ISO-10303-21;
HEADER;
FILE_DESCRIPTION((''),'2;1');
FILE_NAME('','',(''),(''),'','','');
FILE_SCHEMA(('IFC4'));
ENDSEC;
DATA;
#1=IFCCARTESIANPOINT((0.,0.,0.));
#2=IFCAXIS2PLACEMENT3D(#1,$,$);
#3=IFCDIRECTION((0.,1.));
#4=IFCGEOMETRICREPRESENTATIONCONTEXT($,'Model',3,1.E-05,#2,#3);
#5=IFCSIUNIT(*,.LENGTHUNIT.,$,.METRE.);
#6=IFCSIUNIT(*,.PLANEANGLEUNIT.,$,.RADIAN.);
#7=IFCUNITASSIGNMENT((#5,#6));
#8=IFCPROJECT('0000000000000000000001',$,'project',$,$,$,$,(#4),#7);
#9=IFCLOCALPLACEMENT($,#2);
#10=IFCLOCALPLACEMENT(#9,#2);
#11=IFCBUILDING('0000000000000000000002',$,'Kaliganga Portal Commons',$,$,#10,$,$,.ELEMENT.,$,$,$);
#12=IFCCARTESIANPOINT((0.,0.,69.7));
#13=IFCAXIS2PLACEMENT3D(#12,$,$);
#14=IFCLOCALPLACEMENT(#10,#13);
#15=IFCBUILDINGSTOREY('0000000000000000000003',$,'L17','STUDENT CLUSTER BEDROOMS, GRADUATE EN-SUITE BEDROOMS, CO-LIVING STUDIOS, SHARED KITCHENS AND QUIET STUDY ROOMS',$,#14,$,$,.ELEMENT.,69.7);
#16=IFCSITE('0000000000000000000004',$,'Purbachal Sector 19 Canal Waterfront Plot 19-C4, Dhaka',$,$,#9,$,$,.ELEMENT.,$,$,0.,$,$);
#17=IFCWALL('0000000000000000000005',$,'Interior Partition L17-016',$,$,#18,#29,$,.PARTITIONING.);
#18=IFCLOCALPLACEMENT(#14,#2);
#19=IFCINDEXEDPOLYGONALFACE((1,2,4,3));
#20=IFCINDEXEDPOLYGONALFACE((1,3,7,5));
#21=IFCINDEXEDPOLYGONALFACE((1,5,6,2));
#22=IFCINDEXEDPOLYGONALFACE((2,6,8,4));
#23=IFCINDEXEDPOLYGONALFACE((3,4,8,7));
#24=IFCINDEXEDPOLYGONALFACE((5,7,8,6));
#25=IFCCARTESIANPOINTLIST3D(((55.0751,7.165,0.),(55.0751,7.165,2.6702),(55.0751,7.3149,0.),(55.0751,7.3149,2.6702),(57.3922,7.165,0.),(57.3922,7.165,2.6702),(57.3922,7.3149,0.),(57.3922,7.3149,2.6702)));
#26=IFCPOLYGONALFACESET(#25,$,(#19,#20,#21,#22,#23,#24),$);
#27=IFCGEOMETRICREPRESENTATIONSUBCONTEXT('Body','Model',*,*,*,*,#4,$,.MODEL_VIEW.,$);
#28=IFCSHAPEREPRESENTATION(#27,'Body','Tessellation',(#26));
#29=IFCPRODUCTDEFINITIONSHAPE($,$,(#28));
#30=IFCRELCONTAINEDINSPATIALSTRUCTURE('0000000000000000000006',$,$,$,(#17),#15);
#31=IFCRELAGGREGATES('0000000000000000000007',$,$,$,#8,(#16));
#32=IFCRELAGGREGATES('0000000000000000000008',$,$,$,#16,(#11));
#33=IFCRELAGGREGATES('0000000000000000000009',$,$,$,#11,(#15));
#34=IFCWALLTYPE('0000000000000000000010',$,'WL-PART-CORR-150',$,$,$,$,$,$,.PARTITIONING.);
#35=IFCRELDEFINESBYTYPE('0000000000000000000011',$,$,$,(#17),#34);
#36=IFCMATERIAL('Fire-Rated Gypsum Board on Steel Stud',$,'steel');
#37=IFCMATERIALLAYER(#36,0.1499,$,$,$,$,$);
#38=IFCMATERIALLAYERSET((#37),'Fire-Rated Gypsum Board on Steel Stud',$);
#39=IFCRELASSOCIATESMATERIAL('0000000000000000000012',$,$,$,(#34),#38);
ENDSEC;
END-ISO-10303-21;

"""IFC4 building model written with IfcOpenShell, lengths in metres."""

from ifc_helpers import new_model, si_unit, direction, frame, frame_2d, origin, place, context, subcontext, project, spatial, rectangle, extrude, material, layer, layer_set, type_object, element, save


model = new_model("IFC4")

# Units and contexts
model_context = context("Model", 3, precision=1e-05, world=origin(), true_north=direction((0.0, 1.0)))
body_context = subcontext(model_context, "Body", "Model", "MODEL_VIEW")
ifc_project = project(units=[si_unit("LENGTHUNIT", "METRE"), si_unit("PLANEANGLEUNIT", "RADIAN")], contexts=[model_context])

# Site, building, storey
site_placement = place(None, origin())
site = spatial("IfcSite", under=ifc_project, at=site_placement, Name="Purbachal Sector 19 Canal Waterfront Plot 19-C4, Dhaka", CompositionType="ELEMENT", RefElevation=0.0)
building_placement = place(site_placement, origin())
building = spatial("IfcBuilding", under=site, at=building_placement, Name="Kaliganga Portal Commons", CompositionType="ELEMENT")
storey_placement = place(building_placement, frame((0.0, 0.0, 69.7)))
storey = spatial("IfcBuildingStorey", under=building, at=storey_placement, Name="L17", Description="STUDENT CLUSTER BEDROOMS, GRADUATE EN-SUITE BEDROOMS, CO-LIVING STUDIOS, SHARED KITCHENS AND QUIET STUDY ROOMS", CompositionType="ELEMENT", Elevation=69.7)

# Shared definitions
ifc_material_1 = material(Name="Fire-Rated Gypsum Board on Steel Stud", Category="steel")
ifc_layer_1 = layer(ifc_material_1, 0.1499)
ifc_layer_set_1 = layer_set([ifc_layer_1], Name="Fire-Rated Gypsum Board on Steel Stud")
wall_type_1 = type_object("IfcWallType", Name="WL-PART-CORR-150", PredefinedType="PARTITIONING", material=ifc_layer_set_1)

# Wall
wall_1_placement = place(storey_placement, frame((55.075, 7.24, 0.0), z_axis=(0.0, 0.0, 1.0), x_axis=(1.0, 0.0, 0.0)))
element("IfcWall", 1, at=wall_1_placement, inside=storey, type_object=wall_type_1, Name="Interior Partition L17-016", PredefinedType="PARTITIONING", context=body_context, shape_type="SweptSolid", body=[
    extrude(rectangle(XDim=2.3171, YDim=0.1499, at=frame_2d((1.1587, 0.0))), origin(), (0.0, 0.0, 1.0), 2.6702),
])

save(model, "model.ifc")
